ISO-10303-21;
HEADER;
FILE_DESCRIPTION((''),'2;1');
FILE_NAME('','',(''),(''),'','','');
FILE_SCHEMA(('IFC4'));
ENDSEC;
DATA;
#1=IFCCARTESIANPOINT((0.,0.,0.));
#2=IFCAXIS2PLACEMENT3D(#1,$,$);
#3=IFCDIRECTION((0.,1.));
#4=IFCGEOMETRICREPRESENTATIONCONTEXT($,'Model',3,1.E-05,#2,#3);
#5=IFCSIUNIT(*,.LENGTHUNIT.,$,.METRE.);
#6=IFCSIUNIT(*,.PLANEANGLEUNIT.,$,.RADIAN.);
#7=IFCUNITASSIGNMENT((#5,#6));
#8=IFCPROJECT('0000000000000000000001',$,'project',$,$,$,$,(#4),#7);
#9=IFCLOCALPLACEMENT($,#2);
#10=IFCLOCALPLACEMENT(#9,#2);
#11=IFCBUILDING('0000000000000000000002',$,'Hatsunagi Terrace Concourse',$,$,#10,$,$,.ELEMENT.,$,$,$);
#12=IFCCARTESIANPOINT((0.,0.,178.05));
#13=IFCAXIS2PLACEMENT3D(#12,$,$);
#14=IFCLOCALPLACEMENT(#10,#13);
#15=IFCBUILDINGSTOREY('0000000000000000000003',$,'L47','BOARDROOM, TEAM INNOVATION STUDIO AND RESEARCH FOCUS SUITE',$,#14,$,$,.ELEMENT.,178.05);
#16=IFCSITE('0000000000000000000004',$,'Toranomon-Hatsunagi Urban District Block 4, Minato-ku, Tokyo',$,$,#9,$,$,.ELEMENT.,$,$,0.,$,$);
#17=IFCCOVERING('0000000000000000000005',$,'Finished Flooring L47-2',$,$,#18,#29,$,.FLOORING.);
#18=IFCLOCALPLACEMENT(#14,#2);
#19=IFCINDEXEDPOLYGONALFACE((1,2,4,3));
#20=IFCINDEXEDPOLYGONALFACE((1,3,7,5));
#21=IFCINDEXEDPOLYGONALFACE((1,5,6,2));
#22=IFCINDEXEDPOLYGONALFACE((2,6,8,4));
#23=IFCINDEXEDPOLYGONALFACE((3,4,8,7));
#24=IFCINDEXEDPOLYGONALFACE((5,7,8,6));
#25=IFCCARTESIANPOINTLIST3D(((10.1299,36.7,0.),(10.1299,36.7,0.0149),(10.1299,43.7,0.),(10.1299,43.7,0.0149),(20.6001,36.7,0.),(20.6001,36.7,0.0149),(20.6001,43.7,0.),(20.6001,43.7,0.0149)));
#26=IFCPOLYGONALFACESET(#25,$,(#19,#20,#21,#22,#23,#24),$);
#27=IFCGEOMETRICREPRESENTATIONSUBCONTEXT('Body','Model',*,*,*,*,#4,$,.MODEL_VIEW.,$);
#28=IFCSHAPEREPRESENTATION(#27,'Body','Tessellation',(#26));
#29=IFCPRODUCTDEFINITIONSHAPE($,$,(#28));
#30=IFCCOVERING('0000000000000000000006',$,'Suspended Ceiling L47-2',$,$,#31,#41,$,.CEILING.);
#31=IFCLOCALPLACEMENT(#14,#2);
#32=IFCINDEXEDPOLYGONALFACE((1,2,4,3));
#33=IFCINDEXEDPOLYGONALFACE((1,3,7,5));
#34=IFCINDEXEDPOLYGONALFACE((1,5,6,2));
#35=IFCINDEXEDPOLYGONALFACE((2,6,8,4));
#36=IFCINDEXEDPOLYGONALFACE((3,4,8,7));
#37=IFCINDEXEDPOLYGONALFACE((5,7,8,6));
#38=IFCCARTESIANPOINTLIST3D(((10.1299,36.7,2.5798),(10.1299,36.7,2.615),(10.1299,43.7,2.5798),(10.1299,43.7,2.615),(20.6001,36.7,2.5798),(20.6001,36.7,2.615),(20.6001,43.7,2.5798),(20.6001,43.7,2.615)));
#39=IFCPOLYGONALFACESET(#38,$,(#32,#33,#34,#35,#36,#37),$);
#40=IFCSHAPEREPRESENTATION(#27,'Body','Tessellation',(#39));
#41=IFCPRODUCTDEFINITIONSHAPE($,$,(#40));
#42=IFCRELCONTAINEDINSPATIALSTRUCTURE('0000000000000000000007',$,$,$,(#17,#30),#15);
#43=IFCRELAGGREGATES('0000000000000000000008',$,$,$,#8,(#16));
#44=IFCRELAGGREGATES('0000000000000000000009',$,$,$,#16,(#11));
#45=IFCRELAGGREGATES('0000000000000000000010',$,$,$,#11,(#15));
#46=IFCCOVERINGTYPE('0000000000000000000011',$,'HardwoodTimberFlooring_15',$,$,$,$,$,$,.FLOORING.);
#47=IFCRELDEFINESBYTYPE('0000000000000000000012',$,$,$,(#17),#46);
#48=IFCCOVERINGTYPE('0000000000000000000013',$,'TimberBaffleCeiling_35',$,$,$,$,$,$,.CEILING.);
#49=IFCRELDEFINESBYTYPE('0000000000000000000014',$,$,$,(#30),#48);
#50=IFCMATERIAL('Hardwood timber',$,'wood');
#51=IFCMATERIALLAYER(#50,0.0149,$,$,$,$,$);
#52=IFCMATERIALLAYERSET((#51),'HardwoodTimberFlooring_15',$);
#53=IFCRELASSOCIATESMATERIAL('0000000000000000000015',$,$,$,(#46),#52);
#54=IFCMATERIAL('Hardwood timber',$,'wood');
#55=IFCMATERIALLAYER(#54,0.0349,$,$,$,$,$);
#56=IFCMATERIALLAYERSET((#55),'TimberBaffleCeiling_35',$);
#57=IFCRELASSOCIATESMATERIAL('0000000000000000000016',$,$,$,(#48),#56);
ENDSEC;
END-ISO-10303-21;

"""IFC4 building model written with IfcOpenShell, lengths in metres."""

from ifc_helpers import new_model, si_unit, direction, frame, origin, place, context, subcontext, project, spatial, polyline, outline, extrude, material, layer, layer_set, type_object, element, save


model = new_model("IFC4")

# Units and contexts
model_context = context("Model", 3, precision=1e-05, world=origin(), true_north=direction((0.0, 1.0)))
body_context = subcontext(model_context, "Body", "Model", "MODEL_VIEW")
ifc_project = project(units=[si_unit("LENGTHUNIT", "METRE"), si_unit("PLANEANGLEUNIT", "RADIAN")], contexts=[model_context])

# Site, building, storey
site_placement = place(None, origin())
site = spatial("IfcSite", under=ifc_project, at=site_placement, Name="Toranomon-Hatsunagi Urban District Block 4, Minato-ku, Tokyo", CompositionType="ELEMENT", RefElevation=0.0)
building_placement = place(site_placement, origin())
building = spatial("IfcBuilding", under=site, at=building_placement, Name="Hatsunagi Terrace Concourse", CompositionType="ELEMENT")
storey_placement = place(building_placement, frame((0.0, 0.0, 178.05)))
storey = spatial("IfcBuildingStorey", under=building, at=storey_placement, Name="L47", Description="BOARDROOM, TEAM INNOVATION STUDIO AND RESEARCH FOCUS SUITE", CompositionType="ELEMENT", Elevation=178.05)

# Coverings
ifc_material_1 = material(Name="Hardwood timber", Category="wood")
ifc_layer_1 = layer(ifc_material_1, 0.0149)
ifc_layer_set_1 = layer_set([ifc_layer_1], Name="HardwoodTimberFlooring_15")
covering_type_1 = type_object("IfcCoveringType", Name="HardwoodTimberFlooring_15", PredefinedType="FLOORING", material=ifc_layer_set_1)
covering_1_placement = place(storey_placement, origin())
element("IfcCovering", 1, at=covering_1_placement, inside=storey, type_object=covering_type_1, Name="Finished Flooring L47-2", PredefinedType="FLOORING", context=body_context, shape_type="SweptSolid", body=[
    extrude(outline(polyline([(10.1299, 36.7), (20.6001, 36.7), (20.6001, 43.7), (10.1299, 43.7), (10.1299, 36.7)])), origin(), (0.0, 0.0, 1.0), 0.0149),
])
ifc_material_2 = material(Name="Hardwood timber", Category="wood")
ifc_layer_2 = layer(ifc_material_2, 0.0349)
ifc_layer_set_2 = layer_set([ifc_layer_2], Name="TimberBaffleCeiling_35")
covering_type_2 = type_object("IfcCoveringType", Name="TimberBaffleCeiling_35", PredefinedType="CEILING", material=ifc_layer_set_2)
covering_2_placement = place(storey_placement, frame((0.0, 0.0, 2.5798)))
element("IfcCovering", 2, at=covering_2_placement, inside=storey, type_object=covering_type_2, Name="Suspended Ceiling L47-2", PredefinedType="CEILING", context=body_context, shape_type="SweptSolid", body=[
    extrude(outline(polyline([(10.1299, 36.7), (20.6001, 36.7), (20.6001, 43.7), (10.1299, 43.7), (10.1299, 36.7)])), origin(), (0.0, 0.0, 1.0), 0.0352),
])

save(model, "model.ifc")
